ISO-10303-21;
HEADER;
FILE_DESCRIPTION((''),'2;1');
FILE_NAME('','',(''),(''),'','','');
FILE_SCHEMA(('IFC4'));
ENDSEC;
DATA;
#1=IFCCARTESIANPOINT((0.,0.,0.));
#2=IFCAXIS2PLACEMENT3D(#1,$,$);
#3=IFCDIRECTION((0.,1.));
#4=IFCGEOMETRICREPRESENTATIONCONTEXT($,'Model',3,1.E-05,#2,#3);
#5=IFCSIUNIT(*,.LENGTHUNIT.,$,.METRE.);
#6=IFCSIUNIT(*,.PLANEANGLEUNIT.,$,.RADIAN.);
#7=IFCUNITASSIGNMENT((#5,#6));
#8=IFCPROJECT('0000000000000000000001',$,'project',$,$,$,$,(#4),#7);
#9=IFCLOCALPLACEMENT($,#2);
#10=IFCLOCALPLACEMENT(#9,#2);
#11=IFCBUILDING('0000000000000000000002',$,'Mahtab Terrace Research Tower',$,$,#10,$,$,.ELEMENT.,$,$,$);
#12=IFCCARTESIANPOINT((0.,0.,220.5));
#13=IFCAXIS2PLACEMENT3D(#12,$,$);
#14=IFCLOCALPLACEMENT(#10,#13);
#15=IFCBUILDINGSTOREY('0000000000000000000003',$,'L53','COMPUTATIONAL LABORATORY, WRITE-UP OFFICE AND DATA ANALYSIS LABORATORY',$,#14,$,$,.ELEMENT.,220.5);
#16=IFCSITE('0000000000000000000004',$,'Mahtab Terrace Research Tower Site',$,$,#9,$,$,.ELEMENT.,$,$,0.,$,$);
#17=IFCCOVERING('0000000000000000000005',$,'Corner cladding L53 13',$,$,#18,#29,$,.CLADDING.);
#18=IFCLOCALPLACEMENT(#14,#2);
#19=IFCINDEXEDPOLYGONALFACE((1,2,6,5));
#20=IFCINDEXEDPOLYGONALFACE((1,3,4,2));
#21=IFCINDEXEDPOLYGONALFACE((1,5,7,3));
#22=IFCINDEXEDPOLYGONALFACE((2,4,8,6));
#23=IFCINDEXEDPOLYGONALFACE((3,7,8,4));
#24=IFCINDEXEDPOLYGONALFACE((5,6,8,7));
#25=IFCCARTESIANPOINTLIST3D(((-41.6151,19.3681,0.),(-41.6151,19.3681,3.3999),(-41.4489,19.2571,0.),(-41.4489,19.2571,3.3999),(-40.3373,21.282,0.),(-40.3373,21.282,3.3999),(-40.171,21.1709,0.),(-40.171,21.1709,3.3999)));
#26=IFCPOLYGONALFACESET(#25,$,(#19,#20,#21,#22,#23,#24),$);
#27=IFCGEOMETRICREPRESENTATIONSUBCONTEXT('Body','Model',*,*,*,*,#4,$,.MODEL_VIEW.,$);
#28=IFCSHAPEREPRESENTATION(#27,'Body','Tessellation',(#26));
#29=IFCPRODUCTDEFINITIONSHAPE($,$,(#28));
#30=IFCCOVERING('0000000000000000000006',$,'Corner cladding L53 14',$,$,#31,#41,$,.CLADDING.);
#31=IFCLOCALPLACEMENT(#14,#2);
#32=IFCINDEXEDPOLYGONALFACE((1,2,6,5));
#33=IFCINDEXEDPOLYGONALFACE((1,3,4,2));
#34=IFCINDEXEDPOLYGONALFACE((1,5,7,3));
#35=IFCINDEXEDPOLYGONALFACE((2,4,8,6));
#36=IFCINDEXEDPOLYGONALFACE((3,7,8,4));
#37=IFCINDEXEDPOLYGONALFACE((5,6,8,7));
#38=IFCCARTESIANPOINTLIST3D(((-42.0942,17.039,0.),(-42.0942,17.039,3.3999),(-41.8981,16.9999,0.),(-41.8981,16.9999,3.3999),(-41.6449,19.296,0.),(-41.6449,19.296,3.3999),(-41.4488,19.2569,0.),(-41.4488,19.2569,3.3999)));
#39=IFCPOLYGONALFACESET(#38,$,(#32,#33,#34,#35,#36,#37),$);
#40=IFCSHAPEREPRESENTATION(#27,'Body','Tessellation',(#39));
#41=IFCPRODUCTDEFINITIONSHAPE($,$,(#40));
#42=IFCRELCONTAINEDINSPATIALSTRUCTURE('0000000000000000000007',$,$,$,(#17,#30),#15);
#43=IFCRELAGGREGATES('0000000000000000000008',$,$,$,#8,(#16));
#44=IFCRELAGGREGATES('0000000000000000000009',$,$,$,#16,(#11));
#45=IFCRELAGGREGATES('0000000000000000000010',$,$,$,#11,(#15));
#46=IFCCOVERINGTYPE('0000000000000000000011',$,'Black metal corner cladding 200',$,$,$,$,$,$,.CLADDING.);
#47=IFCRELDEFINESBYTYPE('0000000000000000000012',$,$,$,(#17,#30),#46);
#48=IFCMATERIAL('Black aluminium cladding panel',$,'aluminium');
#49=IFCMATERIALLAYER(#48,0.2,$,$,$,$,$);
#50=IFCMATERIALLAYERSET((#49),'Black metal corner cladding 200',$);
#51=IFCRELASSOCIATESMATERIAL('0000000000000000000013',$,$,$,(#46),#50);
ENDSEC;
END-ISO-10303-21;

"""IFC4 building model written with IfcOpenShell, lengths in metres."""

from ifc_helpers import new_model, si_unit, direction, frame, origin, origin_2d, place, context, subcontext, project, spatial, rectangle, extrude, material, layer, layer_set, type_object, element, save


model = new_model("IFC4")

# Units and contexts
model_context = context("Model", 3, precision=1e-05, world=origin(), true_north=direction((0.0, 1.0)))
body_context = subcontext(model_context, "Body", "Model", "MODEL_VIEW")
ifc_project = project(units=[si_unit("LENGTHUNIT", "METRE"), si_unit("PLANEANGLEUNIT", "RADIAN")], contexts=[model_context])

# Site, building, storey
site_placement = place(None, origin())
site = spatial("IfcSite", under=ifc_project, at=site_placement, Name="Mahtab Terrace Research Tower Site", CompositionType="ELEMENT", RefElevation=0.0)
building_placement = place(site_placement, origin())
building = spatial("IfcBuilding", under=site, at=building_placement, Name="Mahtab Terrace Research Tower", CompositionType="ELEMENT")
storey_placement = place(building_placement, frame((0.0, 0.0, 220.5)))
storey = spatial("IfcBuildingStorey", under=building, at=storey_placement, Name="L53", Description="COMPUTATIONAL LABORATORY, WRITE-UP OFFICE AND DATA ANALYSIS LABORATORY", CompositionType="ELEMENT", Elevation=220.5)

# Coverings
ifc_material_1 = material(Name="Black aluminium cladding panel", Category="aluminium")
ifc_layer_1 = layer(ifc_material_1, 0.2)
ifc_layer_set_1 = layer_set([ifc_layer_1], Name="Black metal corner cladding 200")
covering_type = type_object("IfcCoveringType", Name="Black metal corner cladding 200", PredefinedType="CLADDING", material=ifc_layer_set_1)
for number, where, z_axis, x_axis, name in (
    (1, (-40.8931, 20.2695, 0.0), (0.0, 0.0, 1.0), (-0.555291, -0.831656, 0.0), "Corner cladding L53 13"),
    (2, (-41.7715, 18.1479, 0.0), (0.0, 0.0, 1.0), (-0.195212, -0.980761, 0.0), "Corner cladding L53 14"),
):
    element("IfcCovering", number, at=place(storey_placement, frame(where, z_axis=z_axis, x_axis=x_axis)), inside=storey, type_object=covering_type, Name=name, PredefinedType="CLADDING", context=body_context, shape_type="SweptSolid", body=[
        extrude(rectangle(XDim=2.3013, YDim=0.2, at=origin_2d()), origin(), (0.0, 0.0, 1.0), 3.3999),
    ])

save(model, "model.ifc")
